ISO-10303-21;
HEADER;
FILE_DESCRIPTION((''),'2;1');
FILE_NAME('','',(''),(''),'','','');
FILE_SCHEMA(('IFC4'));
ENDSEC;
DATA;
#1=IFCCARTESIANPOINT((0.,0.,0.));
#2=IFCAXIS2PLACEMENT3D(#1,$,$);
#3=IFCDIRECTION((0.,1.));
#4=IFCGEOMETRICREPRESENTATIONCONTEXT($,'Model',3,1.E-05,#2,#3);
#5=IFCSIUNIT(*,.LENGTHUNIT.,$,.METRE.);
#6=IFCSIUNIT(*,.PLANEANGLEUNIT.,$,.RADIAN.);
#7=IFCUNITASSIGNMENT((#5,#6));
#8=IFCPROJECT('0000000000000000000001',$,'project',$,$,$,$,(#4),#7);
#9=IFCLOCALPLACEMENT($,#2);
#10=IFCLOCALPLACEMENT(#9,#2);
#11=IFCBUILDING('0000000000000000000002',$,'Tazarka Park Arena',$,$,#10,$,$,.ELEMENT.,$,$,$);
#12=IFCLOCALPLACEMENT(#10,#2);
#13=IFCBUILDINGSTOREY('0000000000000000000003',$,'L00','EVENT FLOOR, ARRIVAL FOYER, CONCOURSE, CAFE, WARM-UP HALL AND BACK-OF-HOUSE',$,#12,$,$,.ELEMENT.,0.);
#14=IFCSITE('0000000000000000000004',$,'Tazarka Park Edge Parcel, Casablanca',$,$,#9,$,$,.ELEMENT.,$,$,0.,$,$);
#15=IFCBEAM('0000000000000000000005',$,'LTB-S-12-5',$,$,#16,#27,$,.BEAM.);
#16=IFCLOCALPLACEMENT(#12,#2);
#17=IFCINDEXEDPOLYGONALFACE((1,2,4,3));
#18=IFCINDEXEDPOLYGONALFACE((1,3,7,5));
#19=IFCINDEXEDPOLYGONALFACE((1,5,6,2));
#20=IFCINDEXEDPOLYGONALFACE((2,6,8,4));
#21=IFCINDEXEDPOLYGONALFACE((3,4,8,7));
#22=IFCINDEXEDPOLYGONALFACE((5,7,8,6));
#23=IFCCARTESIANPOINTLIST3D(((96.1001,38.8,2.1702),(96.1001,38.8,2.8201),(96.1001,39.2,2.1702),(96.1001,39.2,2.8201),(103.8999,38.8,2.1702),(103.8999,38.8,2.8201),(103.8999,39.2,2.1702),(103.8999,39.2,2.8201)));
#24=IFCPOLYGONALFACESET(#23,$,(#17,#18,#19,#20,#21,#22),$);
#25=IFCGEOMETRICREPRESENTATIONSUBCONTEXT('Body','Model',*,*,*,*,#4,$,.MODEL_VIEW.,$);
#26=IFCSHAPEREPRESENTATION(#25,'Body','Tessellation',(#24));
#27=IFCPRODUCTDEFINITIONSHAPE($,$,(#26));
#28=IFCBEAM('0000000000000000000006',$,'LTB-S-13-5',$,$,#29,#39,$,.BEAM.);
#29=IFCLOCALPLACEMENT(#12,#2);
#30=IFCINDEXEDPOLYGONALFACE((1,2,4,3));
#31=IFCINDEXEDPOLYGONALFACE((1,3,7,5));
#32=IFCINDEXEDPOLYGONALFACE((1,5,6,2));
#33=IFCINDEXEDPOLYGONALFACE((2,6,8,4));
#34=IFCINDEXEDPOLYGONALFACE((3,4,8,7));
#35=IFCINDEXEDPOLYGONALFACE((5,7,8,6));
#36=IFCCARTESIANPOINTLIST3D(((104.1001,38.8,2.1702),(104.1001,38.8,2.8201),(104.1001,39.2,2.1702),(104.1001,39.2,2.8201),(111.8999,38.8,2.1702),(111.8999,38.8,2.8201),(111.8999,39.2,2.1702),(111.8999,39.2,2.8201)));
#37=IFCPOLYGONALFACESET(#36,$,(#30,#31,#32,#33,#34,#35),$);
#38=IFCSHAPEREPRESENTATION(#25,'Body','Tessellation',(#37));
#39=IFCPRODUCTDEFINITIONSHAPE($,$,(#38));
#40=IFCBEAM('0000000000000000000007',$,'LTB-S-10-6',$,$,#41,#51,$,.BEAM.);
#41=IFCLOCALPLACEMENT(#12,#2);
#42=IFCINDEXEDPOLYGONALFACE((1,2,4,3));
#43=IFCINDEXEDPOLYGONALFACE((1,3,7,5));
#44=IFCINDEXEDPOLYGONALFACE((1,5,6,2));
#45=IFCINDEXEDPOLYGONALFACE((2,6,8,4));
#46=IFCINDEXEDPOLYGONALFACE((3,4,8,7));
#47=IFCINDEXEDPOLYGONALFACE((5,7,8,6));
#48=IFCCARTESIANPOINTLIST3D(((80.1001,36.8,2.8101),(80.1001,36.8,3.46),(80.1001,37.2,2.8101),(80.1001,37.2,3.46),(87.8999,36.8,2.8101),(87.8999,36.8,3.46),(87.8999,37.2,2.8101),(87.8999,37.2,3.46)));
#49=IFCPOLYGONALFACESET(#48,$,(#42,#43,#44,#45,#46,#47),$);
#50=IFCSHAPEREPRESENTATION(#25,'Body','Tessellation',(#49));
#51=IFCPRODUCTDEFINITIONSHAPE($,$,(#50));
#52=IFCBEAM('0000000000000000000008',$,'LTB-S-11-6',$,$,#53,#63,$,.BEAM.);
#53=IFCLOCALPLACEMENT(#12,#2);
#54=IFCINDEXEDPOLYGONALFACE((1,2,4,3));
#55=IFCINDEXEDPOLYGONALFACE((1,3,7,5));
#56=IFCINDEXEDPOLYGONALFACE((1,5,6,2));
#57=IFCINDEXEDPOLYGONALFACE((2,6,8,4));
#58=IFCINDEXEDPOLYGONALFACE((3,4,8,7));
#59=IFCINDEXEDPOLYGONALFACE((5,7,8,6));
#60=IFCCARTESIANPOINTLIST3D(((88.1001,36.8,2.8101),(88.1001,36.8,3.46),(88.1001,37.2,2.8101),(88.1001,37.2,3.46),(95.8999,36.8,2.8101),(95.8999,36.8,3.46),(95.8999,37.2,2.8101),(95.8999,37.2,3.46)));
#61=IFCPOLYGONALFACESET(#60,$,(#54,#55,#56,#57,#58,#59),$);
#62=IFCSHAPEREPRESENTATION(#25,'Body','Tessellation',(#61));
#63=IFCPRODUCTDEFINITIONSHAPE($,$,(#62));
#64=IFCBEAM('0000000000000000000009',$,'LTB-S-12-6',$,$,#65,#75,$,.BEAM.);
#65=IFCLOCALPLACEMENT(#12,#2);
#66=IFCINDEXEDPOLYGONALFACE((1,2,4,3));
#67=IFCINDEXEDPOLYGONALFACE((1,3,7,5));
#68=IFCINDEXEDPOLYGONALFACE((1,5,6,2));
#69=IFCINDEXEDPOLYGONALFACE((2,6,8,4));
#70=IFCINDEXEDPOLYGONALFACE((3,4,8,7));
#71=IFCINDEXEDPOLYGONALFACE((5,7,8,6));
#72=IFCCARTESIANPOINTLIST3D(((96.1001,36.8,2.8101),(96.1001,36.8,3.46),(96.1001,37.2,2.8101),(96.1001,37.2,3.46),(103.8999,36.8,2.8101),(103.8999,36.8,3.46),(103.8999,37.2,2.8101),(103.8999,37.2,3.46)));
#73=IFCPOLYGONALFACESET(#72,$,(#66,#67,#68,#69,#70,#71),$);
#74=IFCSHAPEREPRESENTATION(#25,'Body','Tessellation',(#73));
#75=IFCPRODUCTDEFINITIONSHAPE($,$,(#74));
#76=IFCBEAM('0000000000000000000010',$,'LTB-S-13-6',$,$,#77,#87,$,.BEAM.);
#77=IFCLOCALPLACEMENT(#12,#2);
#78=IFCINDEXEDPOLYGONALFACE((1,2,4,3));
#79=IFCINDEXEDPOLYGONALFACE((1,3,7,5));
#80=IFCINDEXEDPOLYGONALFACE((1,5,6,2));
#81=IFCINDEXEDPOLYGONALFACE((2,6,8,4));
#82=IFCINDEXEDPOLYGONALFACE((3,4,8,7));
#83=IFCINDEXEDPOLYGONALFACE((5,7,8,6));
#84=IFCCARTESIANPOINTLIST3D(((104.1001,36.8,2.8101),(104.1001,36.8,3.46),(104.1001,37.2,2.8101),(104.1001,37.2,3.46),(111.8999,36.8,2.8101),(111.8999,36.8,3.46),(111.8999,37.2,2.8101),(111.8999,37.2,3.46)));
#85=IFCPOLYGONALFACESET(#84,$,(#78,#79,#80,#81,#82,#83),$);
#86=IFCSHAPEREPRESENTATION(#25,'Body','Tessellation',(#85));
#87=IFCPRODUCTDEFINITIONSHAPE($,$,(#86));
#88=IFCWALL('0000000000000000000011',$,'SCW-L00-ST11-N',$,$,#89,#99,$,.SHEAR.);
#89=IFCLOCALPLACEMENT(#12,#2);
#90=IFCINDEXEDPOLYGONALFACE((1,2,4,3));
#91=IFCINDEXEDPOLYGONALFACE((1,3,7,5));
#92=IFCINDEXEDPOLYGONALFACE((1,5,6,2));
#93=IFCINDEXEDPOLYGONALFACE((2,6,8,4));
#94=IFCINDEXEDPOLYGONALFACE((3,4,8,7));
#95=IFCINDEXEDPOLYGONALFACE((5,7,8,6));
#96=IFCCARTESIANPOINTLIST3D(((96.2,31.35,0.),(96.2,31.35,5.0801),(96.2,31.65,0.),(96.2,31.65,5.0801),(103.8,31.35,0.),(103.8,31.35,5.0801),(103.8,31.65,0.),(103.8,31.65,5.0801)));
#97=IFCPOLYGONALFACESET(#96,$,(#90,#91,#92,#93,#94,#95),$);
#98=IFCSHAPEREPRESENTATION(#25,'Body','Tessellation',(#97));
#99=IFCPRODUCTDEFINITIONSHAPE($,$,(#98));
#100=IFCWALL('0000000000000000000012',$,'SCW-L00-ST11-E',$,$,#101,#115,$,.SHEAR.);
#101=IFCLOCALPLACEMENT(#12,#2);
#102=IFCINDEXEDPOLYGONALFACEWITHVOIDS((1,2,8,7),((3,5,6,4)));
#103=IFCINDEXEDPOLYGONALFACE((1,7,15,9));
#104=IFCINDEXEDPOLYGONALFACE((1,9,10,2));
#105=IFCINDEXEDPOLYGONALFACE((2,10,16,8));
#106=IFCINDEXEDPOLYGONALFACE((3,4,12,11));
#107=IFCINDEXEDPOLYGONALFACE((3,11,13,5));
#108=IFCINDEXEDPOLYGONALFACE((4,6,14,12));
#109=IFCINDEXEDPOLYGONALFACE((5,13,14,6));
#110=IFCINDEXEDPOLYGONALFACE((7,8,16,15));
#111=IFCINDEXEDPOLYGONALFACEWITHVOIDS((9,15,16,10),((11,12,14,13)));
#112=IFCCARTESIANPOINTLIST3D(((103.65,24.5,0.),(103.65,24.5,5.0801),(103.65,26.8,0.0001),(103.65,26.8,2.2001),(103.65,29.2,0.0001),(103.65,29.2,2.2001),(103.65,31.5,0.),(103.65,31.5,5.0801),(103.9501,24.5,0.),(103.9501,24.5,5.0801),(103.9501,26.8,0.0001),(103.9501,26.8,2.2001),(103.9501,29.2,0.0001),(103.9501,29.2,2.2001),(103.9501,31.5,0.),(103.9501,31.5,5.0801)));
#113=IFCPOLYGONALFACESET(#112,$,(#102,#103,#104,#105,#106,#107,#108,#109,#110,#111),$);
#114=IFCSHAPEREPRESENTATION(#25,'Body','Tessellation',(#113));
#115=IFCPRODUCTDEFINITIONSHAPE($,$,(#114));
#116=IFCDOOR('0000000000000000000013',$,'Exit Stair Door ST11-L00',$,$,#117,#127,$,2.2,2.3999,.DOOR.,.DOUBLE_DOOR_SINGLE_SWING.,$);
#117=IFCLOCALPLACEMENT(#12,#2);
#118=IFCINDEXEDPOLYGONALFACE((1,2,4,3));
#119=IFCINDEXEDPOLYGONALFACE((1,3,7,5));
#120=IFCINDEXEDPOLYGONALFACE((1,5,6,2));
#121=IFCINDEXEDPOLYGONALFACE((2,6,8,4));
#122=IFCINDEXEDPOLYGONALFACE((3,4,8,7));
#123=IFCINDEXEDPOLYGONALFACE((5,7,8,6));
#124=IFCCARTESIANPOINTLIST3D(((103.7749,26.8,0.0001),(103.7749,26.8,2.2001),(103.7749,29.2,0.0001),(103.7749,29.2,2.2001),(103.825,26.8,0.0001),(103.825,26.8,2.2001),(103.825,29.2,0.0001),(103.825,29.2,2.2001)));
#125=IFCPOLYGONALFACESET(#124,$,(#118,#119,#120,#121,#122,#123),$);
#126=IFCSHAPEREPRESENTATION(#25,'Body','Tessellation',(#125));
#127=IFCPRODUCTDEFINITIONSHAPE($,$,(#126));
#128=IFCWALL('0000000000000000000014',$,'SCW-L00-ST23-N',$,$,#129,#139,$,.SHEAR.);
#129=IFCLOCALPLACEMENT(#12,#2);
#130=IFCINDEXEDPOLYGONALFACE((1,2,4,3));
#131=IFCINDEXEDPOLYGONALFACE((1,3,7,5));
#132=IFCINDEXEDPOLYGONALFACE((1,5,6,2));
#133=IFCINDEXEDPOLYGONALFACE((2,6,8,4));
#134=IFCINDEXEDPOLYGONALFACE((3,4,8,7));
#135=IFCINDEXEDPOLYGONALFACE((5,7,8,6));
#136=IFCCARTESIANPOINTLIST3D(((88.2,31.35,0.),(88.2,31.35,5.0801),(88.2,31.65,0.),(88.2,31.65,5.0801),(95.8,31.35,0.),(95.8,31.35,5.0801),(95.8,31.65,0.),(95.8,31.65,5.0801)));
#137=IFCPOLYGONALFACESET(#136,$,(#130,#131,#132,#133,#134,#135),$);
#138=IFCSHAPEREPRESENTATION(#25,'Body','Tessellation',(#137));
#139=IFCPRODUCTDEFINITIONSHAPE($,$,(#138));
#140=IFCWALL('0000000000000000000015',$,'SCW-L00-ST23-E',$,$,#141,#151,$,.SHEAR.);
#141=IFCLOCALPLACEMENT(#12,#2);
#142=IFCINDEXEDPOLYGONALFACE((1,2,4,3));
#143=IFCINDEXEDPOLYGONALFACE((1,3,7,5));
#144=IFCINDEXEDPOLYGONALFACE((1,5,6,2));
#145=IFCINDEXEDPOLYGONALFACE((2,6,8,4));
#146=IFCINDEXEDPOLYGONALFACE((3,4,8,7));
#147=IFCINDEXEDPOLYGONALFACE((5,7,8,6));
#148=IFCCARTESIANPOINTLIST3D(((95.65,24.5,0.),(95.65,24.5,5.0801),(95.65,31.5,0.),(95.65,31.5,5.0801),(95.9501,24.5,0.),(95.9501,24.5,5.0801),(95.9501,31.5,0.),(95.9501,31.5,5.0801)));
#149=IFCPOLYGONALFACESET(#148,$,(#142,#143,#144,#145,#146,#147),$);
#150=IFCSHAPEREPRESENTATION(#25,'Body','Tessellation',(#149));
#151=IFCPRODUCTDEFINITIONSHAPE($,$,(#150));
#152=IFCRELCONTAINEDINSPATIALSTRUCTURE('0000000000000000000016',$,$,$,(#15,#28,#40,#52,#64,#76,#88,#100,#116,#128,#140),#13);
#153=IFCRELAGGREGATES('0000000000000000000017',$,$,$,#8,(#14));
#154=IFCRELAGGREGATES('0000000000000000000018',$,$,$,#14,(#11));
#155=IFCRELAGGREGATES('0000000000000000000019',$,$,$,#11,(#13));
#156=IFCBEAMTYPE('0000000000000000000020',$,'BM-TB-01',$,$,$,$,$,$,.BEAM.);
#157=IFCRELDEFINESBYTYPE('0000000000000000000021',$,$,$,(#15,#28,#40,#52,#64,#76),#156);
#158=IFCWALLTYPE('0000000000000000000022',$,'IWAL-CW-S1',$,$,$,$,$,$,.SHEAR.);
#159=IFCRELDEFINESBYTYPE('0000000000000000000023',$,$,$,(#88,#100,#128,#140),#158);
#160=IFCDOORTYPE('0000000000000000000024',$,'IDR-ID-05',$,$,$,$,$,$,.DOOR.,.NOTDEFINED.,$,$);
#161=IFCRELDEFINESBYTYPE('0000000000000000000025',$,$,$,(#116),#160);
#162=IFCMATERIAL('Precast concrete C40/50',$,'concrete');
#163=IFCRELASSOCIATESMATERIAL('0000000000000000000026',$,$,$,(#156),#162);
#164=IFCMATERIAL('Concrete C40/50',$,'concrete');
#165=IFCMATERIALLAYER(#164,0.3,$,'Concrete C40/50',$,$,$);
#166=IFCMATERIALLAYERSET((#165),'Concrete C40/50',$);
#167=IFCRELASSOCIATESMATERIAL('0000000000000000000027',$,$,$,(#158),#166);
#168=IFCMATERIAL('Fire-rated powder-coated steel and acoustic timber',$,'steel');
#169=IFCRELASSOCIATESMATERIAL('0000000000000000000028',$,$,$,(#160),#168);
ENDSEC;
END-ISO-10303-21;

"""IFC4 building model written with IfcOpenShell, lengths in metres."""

from ifc_helpers import new_model, si_unit, direction, frame, frame_2d, origin, origin_2d, place, context, subcontext, project, spatial, rectangle, extrude, material, layer, layer_set, material_profile, profile_set, type_object, element, fill, save


model = new_model("IFC4")

# Units and contexts
model_context = context("Model", 3, precision=1e-05, world=origin(), true_north=direction((0.0, 1.0)))
body_context = subcontext(model_context, "Body", "Model", "MODEL_VIEW")
ifc_project = project(units=[si_unit("LENGTHUNIT", "METRE"), si_unit("PLANEANGLEUNIT", "RADIAN")], contexts=[model_context])

# Site, building, storey
site_placement = place(None, origin())
site = spatial("IfcSite", under=ifc_project, at=site_placement, Name="Tazarka Park Edge Parcel, Casablanca", CompositionType="ELEMENT", RefElevation=0.0)
building_placement = place(site_placement, origin())
building = spatial("IfcBuilding", under=site, at=building_placement, Name="Tazarka Park Arena", CompositionType="ELEMENT")
storey_placement = place(building_placement, origin())
storey = spatial("IfcBuildingStorey", under=building, at=storey_placement, Name="L00", Description="EVENT FLOOR, ARRIVAL FOYER, CONCOURSE, CAFE, WARM-UP HALL AND BACK-OF-HOUSE", CompositionType="ELEMENT", Elevation=0.0)

# Beams
ifc_material_1 = material(Name="Precast concrete C40/50", Category="concrete")
ifc_material_profile_1 = material_profile(ifc_material_1, rectangle(XDim=0.3999, YDim=0.6499, at=origin_2d()), Name="Precast concrete C40/50")
ifc_profile_set_1 = profile_set([ifc_material_profile_1], Name="Precast concrete C40/50")
beam_type_1 = type_object("IfcBeamType", Name="BM-TB-01", PredefinedType="BEAM", material=ifc_profile_set_1)
for number, where, z_axis, x_axis, name in (
    (1, (96.1001, 39.0, 2.4951), (1.0, 0.0, 0.0), (0.0, 1.0, 0.0), "LTB-S-12-5"),
    (2, (104.1001, 39.0, 2.4951), (1.0, 0.0, 0.0), (0.0, 1.0, 0.0), "LTB-S-13-5"),
    (3, (80.1001, 37.0, 3.135), (1.0, 0.0, 0.0), (0.0, 1.0, 0.0), "LTB-S-10-6"),
    (4, (88.1001, 37.0, 3.135), (1.0, 0.0, 0.0), (0.0, 1.0, 0.0), "LTB-S-11-6"),
    (5, (96.1001, 37.0, 3.135), (1.0, 0.0, 0.0), (0.0, 1.0, 0.0), "LTB-S-12-6"),
    (6, (104.1001, 37.0, 3.135), (1.0, 0.0, 0.0), (0.0, 1.0, 0.0), "LTB-S-13-6"),
):
    element("IfcBeam", number, at=place(storey_placement, frame(where, z_axis=z_axis, x_axis=x_axis)), inside=storey, type_object=beam_type_1, Name=name, PredefinedType="BEAM", context=body_context, shape_type="SweptSolid", body=[
        extrude(rectangle(XDim=0.3999, YDim=0.6499, at=origin_2d()), origin(), (0.0, 0.0, 1.0), 7.7998),
    ])

# Wall
ifc_material_2 = material(Name="Concrete C40/50", Category="concrete")
ifc_layer = layer(ifc_material_2, 0.3, Name="Concrete C40/50")
ifc_layer_set = layer_set([ifc_layer], Name="Concrete C40/50")
wall_type = type_object("IfcWallType", Name="IWAL-CW-S1", PredefinedType="SHEAR", material=ifc_layer_set)
wall_1_placement = place(storey_placement, frame((96.2, 31.5, 0.0), z_axis=(0.0, 0.0, 1.0), x_axis=(1.0, 0.0, 0.0)))
element("IfcWall", 7, at=wall_1_placement, inside=storey, type_object=wall_type, Name="SCW-L00-ST11-N", PredefinedType="SHEAR", context=body_context, shape_type="SweptSolid", body=[
    extrude(rectangle(XDim=7.6001, YDim=0.3, at=frame_2d((3.8, 0.0))), origin(), (0.0, 0.0, 1.0), 5.0801),
])

# Wall, opening, door
wall_2_placement = place(storey_placement, frame((103.8, 31.5, 0.0), z_axis=(0.0, 0.0, 1.0), x_axis=(0.0, -1.0, 0.0)))
wall_2 = element("IfcWall", 8, at=wall_2_placement, inside=storey, type_object=wall_type, Name="SCW-L00-ST11-E", PredefinedType="SHEAR", context=body_context, shape_type="SweptSolid", body=[
    extrude(rectangle(XDim=7.0, YDim=0.3, at=frame_2d((3.5, 0.0))), origin(), (0.0, 0.0, 1.0), 5.0801),
])
opening_placement = place(wall_2_placement, frame((2.3, 0.0, 0.0)))
opening = element("IfcOpeningElement", 9, at=opening_placement, cuts=wall_2, PredefinedType="OPENING", context=body_context, shape_type="SweptSolid", body=[
    extrude(rectangle(XDim=2.3999, YDim=2.2, at=frame_2d((1.2, 1.1001))), frame((0.0, 0.1602, 0.0), z_axis=(0.0, -1.0, 0.0), x_axis=(1.0, 0.0, 0.0)), (0.0, 0.0, 1.0), 0.3201),
])
ifc_material_3 = material(Name="Fire-rated powder-coated steel and acoustic timber", Category="steel")
door_type = type_object("IfcDoorType", Name="IDR-ID-05", OperationType="NOTDEFINED", PredefinedType="DOOR", material=ifc_material_3)
door_placement = place(opening_placement, origin())
door = element("IfcDoor", 10, at=door_placement, inside=storey, type_object=door_type, Name="Exit Stair Door ST11-L00", OperationType="DOUBLE_DOOR_SINGLE_SWING", OverallHeight=2.2, OverallWidth=2.3999, PredefinedType="DOOR", context=body_context, shape_type="SweptSolid", body=[
    extrude(rectangle(XDim=2.3999, YDim=2.2, at=frame_2d((1.2, 1.1001))), frame((0.0, 0.0249, 0.0), z_axis=(0.0, -1.0, 0.0), x_axis=(1.0, 0.0, 0.0)), (0.0, 0.0, 1.0), 0.05),
])
fill(opening, door)

# Walls
wall_3_placement = place(storey_placement, frame((88.2, 31.5, 0.0), z_axis=(0.0, 0.0, 1.0), x_axis=(1.0, 0.0, 0.0)))
element("IfcWall", 11, at=wall_3_placement, inside=storey, type_object=wall_type, Name="SCW-L00-ST23-N", PredefinedType="SHEAR", context=body_context, shape_type="SweptSolid", body=[
    extrude(rectangle(XDim=7.6001, YDim=0.3, at=frame_2d((3.8, 0.0))), origin(), (0.0, 0.0, 1.0), 5.0801),
])
wall_4_placement = place(storey_placement, frame((95.8, 31.5, 0.0), z_axis=(0.0, 0.0, 1.0), x_axis=(0.0, -1.0, 0.0)))
element("IfcWall", 12, at=wall_4_placement, inside=storey, type_object=wall_type, Name="SCW-L00-ST23-E", PredefinedType="SHEAR", context=body_context, shape_type="SweptSolid", body=[
    extrude(rectangle(XDim=7.0, YDim=0.3, at=frame_2d((3.5, 0.0))), origin(), (0.0, 0.0, 1.0), 5.0801),
])

save(model, "model.ifc")
